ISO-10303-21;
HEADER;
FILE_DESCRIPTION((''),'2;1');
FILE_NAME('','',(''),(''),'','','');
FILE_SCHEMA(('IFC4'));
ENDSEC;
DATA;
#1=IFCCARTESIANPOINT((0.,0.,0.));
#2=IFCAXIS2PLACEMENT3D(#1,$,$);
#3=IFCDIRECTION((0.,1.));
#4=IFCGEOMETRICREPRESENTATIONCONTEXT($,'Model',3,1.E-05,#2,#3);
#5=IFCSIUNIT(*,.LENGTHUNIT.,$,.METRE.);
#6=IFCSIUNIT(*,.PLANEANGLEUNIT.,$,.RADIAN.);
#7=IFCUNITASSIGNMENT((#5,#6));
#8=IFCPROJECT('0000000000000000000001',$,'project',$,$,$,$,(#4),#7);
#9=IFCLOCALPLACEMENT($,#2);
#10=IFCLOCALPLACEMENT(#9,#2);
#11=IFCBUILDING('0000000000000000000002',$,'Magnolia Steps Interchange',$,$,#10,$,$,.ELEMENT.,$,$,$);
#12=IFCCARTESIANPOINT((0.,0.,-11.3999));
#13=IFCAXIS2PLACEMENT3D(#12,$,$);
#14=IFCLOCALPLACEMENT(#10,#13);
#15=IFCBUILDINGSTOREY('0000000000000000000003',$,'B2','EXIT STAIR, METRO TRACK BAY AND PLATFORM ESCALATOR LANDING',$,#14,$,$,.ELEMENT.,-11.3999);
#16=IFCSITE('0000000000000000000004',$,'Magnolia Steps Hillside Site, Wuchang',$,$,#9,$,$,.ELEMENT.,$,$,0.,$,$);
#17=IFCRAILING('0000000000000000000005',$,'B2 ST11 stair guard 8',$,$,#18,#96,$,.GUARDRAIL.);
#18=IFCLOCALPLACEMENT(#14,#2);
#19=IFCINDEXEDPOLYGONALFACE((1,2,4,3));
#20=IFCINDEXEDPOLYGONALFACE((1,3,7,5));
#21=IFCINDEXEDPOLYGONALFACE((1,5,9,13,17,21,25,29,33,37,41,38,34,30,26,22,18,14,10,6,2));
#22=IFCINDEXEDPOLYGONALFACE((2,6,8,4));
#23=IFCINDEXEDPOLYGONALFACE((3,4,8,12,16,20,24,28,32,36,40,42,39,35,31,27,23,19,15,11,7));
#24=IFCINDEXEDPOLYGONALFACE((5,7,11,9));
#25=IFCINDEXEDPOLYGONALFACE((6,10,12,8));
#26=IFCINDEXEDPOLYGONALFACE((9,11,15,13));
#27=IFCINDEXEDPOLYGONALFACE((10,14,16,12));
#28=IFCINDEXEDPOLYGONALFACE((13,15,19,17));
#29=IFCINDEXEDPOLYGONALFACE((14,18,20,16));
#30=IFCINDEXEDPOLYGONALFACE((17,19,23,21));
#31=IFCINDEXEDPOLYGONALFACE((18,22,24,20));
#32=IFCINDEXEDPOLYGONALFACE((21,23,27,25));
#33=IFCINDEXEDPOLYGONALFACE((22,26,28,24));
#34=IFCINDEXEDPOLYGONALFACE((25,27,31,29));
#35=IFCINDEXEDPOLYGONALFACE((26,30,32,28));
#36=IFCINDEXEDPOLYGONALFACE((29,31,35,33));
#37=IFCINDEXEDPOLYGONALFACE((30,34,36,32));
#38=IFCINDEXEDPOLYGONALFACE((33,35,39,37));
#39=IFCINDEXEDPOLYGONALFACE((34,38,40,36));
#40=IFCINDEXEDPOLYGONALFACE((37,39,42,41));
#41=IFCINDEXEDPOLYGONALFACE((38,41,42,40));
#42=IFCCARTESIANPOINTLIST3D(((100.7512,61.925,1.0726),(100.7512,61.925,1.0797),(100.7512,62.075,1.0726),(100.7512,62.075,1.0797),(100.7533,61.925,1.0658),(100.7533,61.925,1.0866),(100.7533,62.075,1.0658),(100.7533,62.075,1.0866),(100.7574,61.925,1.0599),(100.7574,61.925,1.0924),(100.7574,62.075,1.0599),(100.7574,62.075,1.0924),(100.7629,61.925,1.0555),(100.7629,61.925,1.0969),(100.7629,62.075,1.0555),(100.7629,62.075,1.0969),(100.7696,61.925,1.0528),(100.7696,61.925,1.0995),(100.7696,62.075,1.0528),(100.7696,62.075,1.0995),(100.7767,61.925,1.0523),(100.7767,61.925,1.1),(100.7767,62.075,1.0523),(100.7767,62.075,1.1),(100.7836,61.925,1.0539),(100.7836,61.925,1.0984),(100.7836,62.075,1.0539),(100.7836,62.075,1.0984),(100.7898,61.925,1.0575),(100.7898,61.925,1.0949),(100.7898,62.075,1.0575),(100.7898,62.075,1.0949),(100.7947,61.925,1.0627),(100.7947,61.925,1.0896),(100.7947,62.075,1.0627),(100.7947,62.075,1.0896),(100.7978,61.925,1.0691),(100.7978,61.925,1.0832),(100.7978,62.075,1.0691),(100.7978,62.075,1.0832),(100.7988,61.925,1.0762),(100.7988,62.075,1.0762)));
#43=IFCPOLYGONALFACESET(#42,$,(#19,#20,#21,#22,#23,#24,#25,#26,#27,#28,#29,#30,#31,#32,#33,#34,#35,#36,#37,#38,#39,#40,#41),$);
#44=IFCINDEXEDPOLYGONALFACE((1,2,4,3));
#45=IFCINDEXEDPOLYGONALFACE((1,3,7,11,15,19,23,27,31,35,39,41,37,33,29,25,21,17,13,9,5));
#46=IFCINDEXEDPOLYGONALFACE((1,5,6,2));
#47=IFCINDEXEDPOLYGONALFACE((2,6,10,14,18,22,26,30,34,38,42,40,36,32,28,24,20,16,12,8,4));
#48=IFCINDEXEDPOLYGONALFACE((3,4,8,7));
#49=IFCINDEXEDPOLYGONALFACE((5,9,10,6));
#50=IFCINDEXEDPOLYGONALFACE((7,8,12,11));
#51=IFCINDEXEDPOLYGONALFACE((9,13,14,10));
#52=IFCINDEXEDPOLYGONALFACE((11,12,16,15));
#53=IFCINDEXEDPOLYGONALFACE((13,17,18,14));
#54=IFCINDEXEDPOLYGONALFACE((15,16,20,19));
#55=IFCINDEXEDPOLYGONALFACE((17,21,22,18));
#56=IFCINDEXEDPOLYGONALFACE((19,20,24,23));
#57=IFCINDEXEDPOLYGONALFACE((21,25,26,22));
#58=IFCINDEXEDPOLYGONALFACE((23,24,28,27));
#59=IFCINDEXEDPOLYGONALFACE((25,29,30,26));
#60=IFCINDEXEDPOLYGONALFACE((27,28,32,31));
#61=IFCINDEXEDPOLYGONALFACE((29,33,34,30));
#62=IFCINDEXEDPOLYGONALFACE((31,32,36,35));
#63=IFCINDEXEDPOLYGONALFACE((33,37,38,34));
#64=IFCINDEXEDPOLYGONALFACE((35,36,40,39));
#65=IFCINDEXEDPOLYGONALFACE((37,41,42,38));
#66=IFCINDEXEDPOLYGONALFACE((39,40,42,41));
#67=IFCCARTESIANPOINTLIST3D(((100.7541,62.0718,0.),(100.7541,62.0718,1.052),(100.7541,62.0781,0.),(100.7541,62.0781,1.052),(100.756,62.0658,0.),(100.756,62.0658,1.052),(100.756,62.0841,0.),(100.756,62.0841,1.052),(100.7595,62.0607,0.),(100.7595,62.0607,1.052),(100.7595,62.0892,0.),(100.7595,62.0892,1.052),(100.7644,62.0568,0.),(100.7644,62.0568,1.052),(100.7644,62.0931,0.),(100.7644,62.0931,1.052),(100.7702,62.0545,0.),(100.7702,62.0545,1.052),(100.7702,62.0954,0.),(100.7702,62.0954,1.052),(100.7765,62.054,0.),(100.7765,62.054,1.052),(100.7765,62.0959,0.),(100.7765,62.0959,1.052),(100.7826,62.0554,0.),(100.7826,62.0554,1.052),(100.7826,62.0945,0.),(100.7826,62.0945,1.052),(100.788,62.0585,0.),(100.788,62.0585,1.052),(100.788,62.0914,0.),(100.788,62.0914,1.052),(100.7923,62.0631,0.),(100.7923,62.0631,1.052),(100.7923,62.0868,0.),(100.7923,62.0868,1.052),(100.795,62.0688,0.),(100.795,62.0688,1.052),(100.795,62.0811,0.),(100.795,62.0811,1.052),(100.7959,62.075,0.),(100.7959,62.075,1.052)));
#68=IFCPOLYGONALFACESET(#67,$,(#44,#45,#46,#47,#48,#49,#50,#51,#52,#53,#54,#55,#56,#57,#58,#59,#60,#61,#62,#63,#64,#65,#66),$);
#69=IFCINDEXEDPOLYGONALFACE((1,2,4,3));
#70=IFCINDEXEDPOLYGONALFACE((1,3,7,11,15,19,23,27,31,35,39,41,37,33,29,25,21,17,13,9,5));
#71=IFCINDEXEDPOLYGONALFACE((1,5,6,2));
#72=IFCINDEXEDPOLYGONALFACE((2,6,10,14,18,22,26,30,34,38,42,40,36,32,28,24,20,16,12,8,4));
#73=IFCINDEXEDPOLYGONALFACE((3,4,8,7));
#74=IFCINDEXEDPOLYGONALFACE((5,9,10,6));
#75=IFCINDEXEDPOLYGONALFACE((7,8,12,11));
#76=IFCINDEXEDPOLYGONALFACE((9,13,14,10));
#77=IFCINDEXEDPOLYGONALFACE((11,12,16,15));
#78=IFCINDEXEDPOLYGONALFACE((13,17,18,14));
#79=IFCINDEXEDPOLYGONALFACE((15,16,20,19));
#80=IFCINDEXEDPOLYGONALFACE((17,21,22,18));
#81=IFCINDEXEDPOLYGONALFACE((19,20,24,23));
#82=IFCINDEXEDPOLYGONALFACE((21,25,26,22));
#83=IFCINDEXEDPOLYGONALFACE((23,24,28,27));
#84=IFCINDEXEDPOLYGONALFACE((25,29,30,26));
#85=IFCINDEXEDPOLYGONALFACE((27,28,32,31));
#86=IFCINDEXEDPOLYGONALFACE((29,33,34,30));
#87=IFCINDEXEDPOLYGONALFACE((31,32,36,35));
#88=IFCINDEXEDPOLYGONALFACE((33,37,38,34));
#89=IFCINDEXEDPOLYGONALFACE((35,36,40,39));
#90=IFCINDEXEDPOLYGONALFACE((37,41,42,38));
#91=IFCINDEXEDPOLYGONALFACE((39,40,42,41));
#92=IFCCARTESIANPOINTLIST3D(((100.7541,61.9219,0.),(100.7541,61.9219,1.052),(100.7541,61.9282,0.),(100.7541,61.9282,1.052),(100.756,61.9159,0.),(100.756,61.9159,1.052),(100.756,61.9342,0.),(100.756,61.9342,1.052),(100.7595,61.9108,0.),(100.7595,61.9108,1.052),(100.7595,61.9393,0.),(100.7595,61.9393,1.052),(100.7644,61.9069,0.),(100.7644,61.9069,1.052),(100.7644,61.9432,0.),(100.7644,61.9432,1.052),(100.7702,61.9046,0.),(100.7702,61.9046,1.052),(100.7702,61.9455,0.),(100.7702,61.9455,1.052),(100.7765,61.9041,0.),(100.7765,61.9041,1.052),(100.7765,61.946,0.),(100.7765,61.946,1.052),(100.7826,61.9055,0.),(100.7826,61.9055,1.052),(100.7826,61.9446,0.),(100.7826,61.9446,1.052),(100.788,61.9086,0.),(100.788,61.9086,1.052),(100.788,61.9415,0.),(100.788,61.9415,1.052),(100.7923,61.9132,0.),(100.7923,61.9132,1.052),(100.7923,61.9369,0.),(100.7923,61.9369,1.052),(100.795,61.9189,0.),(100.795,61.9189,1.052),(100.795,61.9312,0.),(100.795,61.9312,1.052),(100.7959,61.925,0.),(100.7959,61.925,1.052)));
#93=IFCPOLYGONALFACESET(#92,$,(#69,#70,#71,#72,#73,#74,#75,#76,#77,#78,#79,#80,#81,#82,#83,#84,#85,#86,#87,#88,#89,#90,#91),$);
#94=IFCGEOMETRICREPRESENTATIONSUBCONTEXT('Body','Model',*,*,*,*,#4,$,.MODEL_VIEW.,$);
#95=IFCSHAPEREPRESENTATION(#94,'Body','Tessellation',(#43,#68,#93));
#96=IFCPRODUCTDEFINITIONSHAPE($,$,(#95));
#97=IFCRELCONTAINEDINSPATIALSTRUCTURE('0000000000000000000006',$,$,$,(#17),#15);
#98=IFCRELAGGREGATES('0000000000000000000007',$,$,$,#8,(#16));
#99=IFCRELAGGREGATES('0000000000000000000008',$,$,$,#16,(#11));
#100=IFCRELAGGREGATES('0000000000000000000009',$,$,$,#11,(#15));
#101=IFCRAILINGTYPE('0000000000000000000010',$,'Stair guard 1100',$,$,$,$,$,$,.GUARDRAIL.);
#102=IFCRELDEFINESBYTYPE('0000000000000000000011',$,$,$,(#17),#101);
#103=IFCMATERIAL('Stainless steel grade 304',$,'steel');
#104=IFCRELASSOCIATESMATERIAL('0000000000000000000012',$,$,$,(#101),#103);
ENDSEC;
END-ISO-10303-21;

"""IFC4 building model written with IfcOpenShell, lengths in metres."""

from ifc_helpers import new_model, si_unit, direction, frame, origin, origin_2d, place, context, subcontext, project, spatial, circle, extrude, material, type_object, element, save


model = new_model("IFC4")

# Units and contexts
model_context = context("Model", 3, precision=1e-05, world=origin(), true_north=direction((0.0, 1.0)))
body_context = subcontext(model_context, "Body", "Model", "MODEL_VIEW")
ifc_project = project(units=[si_unit("LENGTHUNIT", "METRE"), si_unit("PLANEANGLEUNIT", "RADIAN")], contexts=[model_context])

# Site, building, storey
site_placement = place(None, origin())
site = spatial("IfcSite", under=ifc_project, at=site_placement, Name="Magnolia Steps Hillside Site, Wuchang", CompositionType="ELEMENT", RefElevation=0.0)
building_placement = place(site_placement, origin())
building = spatial("IfcBuilding", under=site, at=building_placement, Name="Magnolia Steps Interchange", CompositionType="ELEMENT")
storey_placement = place(building_placement, frame((0.0, 0.0, -11.3999)))
storey = spatial("IfcBuildingStorey", under=building, at=storey_placement, Name="B2", Description="EXIT STAIR, METRO TRACK BAY AND PLATFORM ESCALATOR LANDING", CompositionType="ELEMENT", Elevation=-11.3999)

# Railing
ifc_material_1 = material(Name="Stainless steel grade 304", Category="steel")
railing_type_1 = type_object("IfcRailingType", Name="Stair guard 1100", PredefinedType="GUARDRAIL", material=ifc_material_1)
railing_1_placement = place(storey_placement, frame((100.7749, 62.075, 0.0)))
element("IfcRailing", 1, at=railing_1_placement, inside=storey, type_object=railing_type_1, Name="B2 ST11 stair guard 8", PredefinedType="GUARDRAIL", context=body_context, shape_type="SweptSolid", body=[
    extrude(circle(Radius=0.0239, at=origin_2d()), frame((0.0, 0.0, 1.0762), z_axis=(0.0, -1.0, 0.0), x_axis=(1.0, 0.0, 0.0)), (0.0, 0.0, 1.0), 0.1499),
    extrude(circle(Radius=0.021, at=origin_2d()), origin(), (0.0, 0.0, 1.0), 1.052),
    extrude(circle(Radius=0.021, at=origin_2d()), frame((0.0, -0.1499, 0.0)), (0.0, 0.0, 1.0), 1.052),
])

save(model, "model.ifc")
